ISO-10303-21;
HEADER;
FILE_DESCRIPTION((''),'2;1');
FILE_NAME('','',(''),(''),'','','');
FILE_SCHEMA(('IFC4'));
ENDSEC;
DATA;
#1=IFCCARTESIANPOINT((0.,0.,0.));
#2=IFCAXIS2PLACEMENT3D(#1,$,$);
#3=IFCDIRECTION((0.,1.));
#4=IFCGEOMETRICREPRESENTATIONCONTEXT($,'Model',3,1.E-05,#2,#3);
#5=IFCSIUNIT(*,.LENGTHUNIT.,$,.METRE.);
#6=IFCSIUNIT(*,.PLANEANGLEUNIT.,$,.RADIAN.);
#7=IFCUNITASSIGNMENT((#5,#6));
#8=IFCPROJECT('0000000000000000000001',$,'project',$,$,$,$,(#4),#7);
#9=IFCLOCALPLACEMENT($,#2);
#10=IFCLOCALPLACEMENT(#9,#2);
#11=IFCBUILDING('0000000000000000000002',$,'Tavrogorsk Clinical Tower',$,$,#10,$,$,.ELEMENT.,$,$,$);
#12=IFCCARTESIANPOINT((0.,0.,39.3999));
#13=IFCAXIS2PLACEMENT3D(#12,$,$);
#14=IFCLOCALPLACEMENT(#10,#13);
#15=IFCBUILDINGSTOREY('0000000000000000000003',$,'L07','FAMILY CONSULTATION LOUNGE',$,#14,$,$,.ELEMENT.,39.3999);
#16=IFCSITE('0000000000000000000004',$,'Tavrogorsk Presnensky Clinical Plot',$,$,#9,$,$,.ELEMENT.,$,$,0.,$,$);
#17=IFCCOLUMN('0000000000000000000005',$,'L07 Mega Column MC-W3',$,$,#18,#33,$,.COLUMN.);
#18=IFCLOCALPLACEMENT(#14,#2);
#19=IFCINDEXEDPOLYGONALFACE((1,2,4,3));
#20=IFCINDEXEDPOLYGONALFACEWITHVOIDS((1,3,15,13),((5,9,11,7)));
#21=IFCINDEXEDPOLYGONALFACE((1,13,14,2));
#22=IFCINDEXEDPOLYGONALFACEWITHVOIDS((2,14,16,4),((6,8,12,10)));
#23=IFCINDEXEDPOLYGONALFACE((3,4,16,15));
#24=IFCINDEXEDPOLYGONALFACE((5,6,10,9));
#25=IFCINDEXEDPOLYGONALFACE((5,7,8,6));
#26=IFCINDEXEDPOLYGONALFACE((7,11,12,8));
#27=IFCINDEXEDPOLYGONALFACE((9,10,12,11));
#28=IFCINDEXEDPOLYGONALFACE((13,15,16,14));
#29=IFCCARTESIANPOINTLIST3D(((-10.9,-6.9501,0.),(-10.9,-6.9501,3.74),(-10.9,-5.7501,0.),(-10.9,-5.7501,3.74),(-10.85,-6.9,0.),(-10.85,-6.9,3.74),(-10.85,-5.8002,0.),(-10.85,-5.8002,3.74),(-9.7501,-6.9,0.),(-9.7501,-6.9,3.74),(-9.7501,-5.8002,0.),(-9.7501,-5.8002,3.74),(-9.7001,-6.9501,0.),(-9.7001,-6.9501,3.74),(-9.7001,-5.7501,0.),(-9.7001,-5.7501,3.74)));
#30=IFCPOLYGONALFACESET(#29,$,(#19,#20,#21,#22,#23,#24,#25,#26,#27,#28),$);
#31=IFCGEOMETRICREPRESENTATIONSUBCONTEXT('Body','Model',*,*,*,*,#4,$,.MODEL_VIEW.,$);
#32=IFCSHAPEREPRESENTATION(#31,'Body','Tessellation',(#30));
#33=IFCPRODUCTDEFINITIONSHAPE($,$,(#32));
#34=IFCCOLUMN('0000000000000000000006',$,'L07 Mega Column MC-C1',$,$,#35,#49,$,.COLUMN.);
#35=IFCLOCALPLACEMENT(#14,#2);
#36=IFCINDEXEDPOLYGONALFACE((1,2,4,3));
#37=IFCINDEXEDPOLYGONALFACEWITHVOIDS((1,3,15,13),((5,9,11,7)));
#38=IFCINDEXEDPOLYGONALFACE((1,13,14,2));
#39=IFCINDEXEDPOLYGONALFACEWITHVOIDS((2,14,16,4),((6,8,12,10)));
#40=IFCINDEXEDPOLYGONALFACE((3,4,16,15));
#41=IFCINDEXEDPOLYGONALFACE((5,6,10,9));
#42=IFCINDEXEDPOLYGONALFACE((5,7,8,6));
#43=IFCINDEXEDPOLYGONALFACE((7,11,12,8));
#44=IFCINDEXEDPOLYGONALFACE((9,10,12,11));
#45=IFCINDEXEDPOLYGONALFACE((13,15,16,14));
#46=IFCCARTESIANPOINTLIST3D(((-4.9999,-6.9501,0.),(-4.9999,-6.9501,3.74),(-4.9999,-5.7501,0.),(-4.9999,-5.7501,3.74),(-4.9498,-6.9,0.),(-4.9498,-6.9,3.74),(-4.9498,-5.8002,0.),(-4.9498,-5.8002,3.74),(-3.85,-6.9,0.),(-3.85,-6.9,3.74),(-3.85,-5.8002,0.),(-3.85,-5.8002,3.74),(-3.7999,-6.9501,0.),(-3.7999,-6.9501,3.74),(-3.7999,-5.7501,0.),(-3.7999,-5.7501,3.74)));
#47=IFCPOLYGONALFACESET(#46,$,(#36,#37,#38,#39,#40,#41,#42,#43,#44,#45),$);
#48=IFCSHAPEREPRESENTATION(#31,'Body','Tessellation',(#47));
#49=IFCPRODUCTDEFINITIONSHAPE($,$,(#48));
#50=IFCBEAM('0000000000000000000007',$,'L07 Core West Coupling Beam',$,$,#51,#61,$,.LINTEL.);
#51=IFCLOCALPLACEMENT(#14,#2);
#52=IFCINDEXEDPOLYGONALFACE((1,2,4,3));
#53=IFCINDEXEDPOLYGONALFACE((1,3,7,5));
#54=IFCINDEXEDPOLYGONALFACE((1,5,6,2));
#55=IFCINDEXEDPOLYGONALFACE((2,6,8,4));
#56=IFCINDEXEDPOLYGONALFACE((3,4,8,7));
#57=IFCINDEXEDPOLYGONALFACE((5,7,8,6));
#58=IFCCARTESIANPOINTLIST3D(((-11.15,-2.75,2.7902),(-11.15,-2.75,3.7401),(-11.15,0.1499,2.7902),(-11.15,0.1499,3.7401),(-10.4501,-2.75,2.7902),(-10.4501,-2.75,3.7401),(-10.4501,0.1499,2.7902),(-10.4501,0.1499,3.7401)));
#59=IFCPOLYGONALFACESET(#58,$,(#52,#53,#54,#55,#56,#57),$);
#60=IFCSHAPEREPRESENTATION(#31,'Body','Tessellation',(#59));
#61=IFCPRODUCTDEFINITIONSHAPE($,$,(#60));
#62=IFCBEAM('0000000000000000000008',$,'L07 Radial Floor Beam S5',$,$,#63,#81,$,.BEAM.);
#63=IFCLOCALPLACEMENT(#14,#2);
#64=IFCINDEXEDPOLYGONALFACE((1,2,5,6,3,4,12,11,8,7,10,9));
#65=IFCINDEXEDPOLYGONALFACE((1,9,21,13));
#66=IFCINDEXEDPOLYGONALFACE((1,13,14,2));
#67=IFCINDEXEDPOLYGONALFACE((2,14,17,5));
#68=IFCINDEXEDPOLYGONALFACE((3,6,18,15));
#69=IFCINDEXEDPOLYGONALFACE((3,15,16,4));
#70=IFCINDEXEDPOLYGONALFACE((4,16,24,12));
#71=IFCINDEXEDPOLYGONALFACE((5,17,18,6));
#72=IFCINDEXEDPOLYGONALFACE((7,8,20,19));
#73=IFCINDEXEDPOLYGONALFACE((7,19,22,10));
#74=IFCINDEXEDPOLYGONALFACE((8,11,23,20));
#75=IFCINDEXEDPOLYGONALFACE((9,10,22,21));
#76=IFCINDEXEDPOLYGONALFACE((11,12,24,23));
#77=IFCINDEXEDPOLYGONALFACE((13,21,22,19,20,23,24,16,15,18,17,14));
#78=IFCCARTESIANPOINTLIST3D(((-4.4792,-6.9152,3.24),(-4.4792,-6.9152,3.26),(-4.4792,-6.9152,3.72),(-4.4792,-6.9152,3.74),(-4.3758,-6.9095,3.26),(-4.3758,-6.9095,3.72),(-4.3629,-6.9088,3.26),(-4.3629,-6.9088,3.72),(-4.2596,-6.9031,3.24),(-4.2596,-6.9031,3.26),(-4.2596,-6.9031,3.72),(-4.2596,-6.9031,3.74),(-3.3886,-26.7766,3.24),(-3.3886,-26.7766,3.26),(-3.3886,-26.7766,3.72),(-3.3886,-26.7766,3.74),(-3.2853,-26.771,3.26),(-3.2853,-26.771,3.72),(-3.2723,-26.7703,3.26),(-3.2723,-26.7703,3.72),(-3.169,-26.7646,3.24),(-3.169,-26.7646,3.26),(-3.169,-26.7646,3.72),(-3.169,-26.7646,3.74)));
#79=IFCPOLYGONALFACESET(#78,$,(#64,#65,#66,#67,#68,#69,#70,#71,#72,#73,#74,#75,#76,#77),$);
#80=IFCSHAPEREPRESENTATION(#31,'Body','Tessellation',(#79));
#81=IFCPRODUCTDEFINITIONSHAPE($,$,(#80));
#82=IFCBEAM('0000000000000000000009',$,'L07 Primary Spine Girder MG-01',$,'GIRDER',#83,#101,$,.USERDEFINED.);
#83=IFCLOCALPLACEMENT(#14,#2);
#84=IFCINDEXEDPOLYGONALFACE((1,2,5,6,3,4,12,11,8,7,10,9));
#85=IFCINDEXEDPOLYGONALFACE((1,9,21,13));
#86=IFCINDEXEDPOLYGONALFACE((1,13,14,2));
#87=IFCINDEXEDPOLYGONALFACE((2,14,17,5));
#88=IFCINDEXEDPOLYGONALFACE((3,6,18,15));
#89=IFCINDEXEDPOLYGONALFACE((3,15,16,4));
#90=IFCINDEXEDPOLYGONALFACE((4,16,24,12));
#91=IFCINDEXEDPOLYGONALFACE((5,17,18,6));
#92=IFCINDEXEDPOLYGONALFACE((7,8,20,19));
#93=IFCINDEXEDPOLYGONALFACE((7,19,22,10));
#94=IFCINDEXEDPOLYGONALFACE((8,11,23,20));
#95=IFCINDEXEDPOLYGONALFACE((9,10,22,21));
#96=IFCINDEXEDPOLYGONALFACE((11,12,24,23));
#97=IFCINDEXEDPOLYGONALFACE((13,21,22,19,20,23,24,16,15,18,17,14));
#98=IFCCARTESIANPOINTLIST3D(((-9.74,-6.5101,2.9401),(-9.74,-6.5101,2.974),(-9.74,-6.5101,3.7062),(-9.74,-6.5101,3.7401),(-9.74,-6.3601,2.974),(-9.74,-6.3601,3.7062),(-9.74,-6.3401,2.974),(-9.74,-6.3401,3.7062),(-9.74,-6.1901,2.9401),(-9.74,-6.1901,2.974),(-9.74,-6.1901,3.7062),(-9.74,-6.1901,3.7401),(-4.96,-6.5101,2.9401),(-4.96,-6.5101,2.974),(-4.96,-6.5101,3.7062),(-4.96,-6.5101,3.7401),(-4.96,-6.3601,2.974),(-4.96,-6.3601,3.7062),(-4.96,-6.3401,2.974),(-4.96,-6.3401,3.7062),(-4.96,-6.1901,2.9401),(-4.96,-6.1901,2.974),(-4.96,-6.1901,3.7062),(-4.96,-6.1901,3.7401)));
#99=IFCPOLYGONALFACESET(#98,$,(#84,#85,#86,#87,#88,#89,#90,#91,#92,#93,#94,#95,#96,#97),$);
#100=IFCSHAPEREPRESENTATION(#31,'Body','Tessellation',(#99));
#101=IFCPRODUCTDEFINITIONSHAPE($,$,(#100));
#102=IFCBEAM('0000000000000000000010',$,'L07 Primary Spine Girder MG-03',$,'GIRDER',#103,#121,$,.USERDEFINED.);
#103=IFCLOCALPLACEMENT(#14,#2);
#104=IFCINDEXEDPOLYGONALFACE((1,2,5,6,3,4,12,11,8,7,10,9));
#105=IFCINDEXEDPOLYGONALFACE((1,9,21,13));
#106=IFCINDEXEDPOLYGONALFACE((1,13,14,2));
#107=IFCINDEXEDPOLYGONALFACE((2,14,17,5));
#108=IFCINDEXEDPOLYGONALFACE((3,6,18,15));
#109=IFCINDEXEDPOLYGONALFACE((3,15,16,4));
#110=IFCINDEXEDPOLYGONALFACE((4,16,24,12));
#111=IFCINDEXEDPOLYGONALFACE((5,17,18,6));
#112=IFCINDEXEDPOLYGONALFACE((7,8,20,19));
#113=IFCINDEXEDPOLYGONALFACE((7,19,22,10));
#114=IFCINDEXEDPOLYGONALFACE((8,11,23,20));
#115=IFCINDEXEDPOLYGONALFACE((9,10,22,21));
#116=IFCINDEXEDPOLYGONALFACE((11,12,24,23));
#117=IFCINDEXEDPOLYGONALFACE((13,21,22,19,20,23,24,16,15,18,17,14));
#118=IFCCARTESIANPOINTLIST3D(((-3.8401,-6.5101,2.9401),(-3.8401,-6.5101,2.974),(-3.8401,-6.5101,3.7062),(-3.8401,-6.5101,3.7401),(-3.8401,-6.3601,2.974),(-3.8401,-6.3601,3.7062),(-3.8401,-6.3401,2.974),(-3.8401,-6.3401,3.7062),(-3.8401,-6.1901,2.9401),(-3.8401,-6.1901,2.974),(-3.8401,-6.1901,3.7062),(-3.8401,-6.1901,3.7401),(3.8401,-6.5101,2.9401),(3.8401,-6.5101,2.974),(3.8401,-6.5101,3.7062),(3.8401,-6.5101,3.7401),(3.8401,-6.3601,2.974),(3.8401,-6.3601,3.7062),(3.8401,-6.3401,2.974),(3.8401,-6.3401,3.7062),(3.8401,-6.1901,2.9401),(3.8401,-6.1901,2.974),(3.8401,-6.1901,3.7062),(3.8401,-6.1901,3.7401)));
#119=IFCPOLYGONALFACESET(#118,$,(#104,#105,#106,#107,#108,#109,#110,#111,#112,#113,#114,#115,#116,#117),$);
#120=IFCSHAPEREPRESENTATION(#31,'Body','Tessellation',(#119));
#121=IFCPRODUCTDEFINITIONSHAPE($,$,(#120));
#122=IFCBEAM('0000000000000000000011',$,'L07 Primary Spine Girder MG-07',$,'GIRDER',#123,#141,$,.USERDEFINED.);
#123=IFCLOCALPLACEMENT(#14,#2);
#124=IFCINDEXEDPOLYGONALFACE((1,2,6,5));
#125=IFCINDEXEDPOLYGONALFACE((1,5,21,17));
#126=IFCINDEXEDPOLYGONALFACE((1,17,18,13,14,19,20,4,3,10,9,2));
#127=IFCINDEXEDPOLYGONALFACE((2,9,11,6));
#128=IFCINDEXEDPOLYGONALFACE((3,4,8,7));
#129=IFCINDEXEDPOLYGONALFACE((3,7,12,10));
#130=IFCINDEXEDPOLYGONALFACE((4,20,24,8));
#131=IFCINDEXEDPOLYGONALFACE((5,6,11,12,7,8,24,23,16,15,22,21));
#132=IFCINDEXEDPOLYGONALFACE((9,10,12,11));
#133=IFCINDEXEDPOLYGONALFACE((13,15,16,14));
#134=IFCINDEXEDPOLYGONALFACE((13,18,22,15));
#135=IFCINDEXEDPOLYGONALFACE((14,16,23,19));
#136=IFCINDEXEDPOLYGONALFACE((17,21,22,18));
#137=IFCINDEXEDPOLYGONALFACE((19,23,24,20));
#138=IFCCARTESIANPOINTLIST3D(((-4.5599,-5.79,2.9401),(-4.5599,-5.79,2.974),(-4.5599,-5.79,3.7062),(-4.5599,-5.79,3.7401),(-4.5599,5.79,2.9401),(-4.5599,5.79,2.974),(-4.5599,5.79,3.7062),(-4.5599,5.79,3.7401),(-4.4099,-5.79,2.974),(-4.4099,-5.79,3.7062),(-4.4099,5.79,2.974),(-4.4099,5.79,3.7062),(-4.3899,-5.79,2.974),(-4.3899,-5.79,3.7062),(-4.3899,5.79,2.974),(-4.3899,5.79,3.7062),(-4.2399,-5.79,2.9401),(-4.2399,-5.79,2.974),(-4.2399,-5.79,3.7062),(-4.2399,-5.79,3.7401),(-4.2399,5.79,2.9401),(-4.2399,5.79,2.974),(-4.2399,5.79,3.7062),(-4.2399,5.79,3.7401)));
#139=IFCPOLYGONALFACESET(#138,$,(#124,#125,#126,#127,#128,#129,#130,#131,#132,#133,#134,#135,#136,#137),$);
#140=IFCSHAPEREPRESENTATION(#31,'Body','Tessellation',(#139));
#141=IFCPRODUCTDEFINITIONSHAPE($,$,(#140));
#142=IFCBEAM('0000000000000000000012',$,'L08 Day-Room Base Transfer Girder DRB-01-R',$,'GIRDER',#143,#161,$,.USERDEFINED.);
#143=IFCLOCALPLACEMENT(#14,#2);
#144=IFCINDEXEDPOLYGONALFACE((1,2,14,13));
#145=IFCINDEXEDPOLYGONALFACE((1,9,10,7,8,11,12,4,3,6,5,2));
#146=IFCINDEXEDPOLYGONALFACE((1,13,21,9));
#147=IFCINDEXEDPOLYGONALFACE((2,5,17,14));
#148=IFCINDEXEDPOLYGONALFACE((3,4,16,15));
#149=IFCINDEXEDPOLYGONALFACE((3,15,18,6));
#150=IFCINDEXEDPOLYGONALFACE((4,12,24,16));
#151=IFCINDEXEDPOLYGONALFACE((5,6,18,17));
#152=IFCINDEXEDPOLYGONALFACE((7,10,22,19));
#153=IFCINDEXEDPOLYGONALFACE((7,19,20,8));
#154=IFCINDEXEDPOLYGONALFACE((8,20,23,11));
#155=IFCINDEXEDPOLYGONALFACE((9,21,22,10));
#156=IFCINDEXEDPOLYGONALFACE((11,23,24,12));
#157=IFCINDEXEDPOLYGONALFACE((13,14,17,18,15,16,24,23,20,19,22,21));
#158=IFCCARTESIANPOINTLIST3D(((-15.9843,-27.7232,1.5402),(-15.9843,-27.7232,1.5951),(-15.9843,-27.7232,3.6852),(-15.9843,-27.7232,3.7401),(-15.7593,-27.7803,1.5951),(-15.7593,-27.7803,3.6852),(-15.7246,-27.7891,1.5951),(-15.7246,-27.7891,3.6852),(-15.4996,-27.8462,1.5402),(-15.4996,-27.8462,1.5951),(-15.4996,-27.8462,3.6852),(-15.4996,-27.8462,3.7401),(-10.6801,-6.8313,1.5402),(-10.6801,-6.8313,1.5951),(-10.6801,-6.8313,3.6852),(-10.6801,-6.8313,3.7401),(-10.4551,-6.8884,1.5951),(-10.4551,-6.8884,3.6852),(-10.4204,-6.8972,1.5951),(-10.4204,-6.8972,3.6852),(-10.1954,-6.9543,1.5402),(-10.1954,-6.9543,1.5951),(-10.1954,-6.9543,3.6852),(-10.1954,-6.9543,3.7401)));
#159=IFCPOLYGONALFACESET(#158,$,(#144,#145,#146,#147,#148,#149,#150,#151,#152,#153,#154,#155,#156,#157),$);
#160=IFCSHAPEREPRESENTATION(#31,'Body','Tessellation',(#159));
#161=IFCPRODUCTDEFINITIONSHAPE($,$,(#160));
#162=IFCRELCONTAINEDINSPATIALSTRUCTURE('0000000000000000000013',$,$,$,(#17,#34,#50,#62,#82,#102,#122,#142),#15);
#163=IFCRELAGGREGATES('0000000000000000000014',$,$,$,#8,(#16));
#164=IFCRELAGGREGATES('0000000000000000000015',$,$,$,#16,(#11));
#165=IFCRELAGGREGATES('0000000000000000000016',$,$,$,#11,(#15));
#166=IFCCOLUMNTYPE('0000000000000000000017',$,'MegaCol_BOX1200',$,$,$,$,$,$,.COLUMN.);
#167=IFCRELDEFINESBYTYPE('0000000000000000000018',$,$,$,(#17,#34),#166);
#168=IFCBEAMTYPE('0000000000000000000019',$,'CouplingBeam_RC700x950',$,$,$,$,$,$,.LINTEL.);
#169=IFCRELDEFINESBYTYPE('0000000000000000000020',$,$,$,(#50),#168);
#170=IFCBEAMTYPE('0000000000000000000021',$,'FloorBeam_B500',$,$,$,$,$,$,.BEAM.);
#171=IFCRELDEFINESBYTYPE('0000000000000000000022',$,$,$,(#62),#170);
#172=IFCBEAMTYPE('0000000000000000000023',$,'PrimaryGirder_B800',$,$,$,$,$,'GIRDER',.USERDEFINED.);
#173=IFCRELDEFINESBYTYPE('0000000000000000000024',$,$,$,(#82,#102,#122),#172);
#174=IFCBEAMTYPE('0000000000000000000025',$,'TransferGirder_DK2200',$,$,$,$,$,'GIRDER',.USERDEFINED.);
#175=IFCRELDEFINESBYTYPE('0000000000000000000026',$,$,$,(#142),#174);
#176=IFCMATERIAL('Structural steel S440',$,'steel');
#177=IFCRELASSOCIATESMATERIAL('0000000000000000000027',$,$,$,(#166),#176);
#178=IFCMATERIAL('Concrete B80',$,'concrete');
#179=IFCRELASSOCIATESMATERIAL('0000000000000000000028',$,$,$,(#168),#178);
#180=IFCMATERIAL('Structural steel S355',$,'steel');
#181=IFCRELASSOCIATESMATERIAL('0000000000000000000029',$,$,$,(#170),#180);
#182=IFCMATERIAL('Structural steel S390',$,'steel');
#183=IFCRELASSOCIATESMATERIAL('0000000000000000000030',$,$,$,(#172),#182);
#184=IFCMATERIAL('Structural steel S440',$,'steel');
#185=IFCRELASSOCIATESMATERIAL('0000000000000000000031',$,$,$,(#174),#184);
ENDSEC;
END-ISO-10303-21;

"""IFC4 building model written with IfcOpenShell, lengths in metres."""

from ifc_helpers import new_model, si_unit, direction, frame, origin, origin_2d, place, context, subcontext, project, spatial, rectangle, hollow_rectangle, i_section, extrude, material, material_profile, profile_set, type_object, element, save


model = new_model("IFC4")

# Units and contexts
model_context = context("Model", 3, precision=1e-05, world=origin(), true_north=direction((0.0, 1.0)))
body_context = subcontext(model_context, "Body", "Model", "MODEL_VIEW")
ifc_project = project(units=[si_unit("LENGTHUNIT", "METRE"), si_unit("PLANEANGLEUNIT", "RADIAN")], contexts=[model_context])

# Site, building, storey
site_placement = place(None, origin())
site = spatial("IfcSite", under=ifc_project, at=site_placement, Name="Tavrogorsk Presnensky Clinical Plot", CompositionType="ELEMENT", RefElevation=0.0)
building_placement = place(site_placement, origin())
building = spatial("IfcBuilding", under=site, at=building_placement, Name="Tavrogorsk Clinical Tower", CompositionType="ELEMENT")
storey_placement = place(building_placement, frame((0.0, 0.0, 39.3999)))
storey = spatial("IfcBuildingStorey", under=building, at=storey_placement, Name="L07", Description="FAMILY CONSULTATION LOUNGE", CompositionType="ELEMENT", Elevation=39.3999)

# Columns
ifc_material_1 = material(Name="Structural steel S440", Category="steel")
ifc_material_profile_1 = material_profile(ifc_material_1, hollow_rectangle(XDim=1.2, YDim=1.2, WallThickness=0.05, at=origin_2d()), Name="BOX-1200x1200x50")
ifc_profile_set_1 = profile_set([ifc_material_profile_1], Name="Structural steel S440")
column_type = type_object("IfcColumnType", Name="MegaCol_BOX1200", PredefinedType="COLUMN", material=ifc_profile_set_1)
for number, where, z_axis, x_axis, name in (
    (1, (-10.3, -6.3501, 0.0), (0.0, 0.0, 1.0), (1.0, 0.0, 0.0), "L07 Mega Column MC-W3"),
    (2, (-4.3999, -6.3501, 0.0), (0.0, 0.0, 1.0), (1.0, 0.0, 0.0), "L07 Mega Column MC-C1"),
):
    element("IfcColumn", number, at=place(storey_placement, frame(where, z_axis=z_axis, x_axis=x_axis)), inside=storey, type_object=column_type, Name=name, PredefinedType="COLUMN", context=body_context, shape_type="SweptSolid", body=[
        extrude(hollow_rectangle(XDim=1.2, YDim=1.2, WallThickness=0.05, at=origin_2d()), origin(), (0.0, 0.0, 1.0), 3.74),
    ])

# Beams
ifc_material_2 = material(Name="Concrete B80", Category="concrete")
ifc_material_profile_2 = material_profile(ifc_material_2, rectangle(XDim=0.7, YDim=0.95, at=origin_2d()), Name="RC-CB-700x950")
ifc_profile_set_2 = profile_set([ifc_material_profile_2], Name="Concrete B80")
beam_type_1 = type_object("IfcBeamType", Name="CouplingBeam_RC700x950", PredefinedType="LINTEL", material=ifc_profile_set_2)
beam_1_placement = place(storey_placement, frame((-10.8, -2.75, 3.2651), z_axis=(0.0, 1.0, 0.0), x_axis=(-1.0, 0.0, 0.0)))
element("IfcBeam", 3, at=beam_1_placement, inside=storey, type_object=beam_type_1, Name="L07 Core West Coupling Beam", PredefinedType="LINTEL", context=body_context, shape_type="SweptSolid", body=[
    extrude(rectangle(XDim=0.7, YDim=0.95, at=origin_2d()), origin(), (0.0, 0.0, 1.0), 2.8999),
])
ifc_material_3 = material(Name="Structural steel S355", Category="steel")
ifc_material_profile_3 = material_profile(ifc_material_3, i_section(OverallWidth=0.22, OverallDepth=0.5, WebThickness=0.0129, FlangeThickness=0.02, at=origin_2d()), Name="B-500x220x13x20")
ifc_profile_set_3 = profile_set([ifc_material_profile_3], Name="Structural steel S355")
beam_type_2 = type_object("IfcBeamType", Name="FloorBeam_B500", PredefinedType="BEAM", material=ifc_profile_set_3)
beam_2_placement = place(storey_placement, frame((-4.3694, -6.9092, 3.49), z_axis=(0.054827, -0.998496, 0.0), x_axis=(0.998496, 0.054827, 0.0)))
element("IfcBeam", 4, at=beam_2_placement, inside=storey, type_object=beam_type_2, Name="L07 Radial Floor Beam S5", PredefinedType="BEAM", context=body_context, shape_type="SweptSolid", body=[
    extrude(i_section(OverallWidth=0.22, OverallDepth=0.5, WebThickness=0.0129, FlangeThickness=0.02, at=origin_2d()), origin(), (0.0, 0.0, 1.0), 19.8914),
])
ifc_material_4 = material(Name="Structural steel S390", Category="steel")
ifc_material_profile_4 = material_profile(ifc_material_4, i_section(OverallWidth=0.3201, OverallDepth=0.8, WebThickness=0.02, FlangeThickness=0.0339, at=origin_2d()), Name="B-800x320x20x34")
ifc_profile_set_4 = profile_set([ifc_material_profile_4], Name="Structural steel S390")
beam_type_3 = type_object("IfcBeamType", Name="PrimaryGirder_B800", ElementType="GIRDER", PredefinedType="USERDEFINED", material=ifc_profile_set_4)
beam_3_placement = place(storey_placement, frame((-9.74, -6.3501, 3.3401), z_axis=(1.0, 0.0, 0.0), x_axis=(0.0, 1.0, 0.0)))
element("IfcBeam", 5, at=beam_3_placement, inside=storey, type_object=beam_type_3, Name="L07 Primary Spine Girder MG-01", ObjectType="GIRDER", PredefinedType="USERDEFINED", context=body_context, shape_type="SweptSolid", body=[
    extrude(i_section(OverallWidth=0.3201, OverallDepth=0.8, WebThickness=0.02, FlangeThickness=0.0339, at=origin_2d()), origin(), (0.0, 0.0, 1.0), 4.78),
])
beam_4_placement = place(storey_placement, frame((-3.8401, -6.3501, 3.3401), z_axis=(1.0, 0.0, 0.0), x_axis=(0.0, 1.0, 0.0)))
element("IfcBeam", 6, at=beam_4_placement, inside=storey, type_object=beam_type_3, Name="L07 Primary Spine Girder MG-03", ObjectType="GIRDER", PredefinedType="USERDEFINED", context=body_context, shape_type="SweptSolid", body=[
    extrude(i_section(OverallWidth=0.3201, OverallDepth=0.8, WebThickness=0.02, FlangeThickness=0.0339, at=origin_2d()), origin(), (0.0, 0.0, 1.0), 7.6802),
])
beam_5_placement = place(storey_placement, frame((-4.3999, -5.79, 3.3401), z_axis=(0.0, 1.0, 0.0), x_axis=(-1.0, 0.0, 0.0)))
element("IfcBeam", 7, at=beam_5_placement, inside=storey, type_object=beam_type_3, Name="L07 Primary Spine Girder MG-07", ObjectType="GIRDER", PredefinedType="USERDEFINED", context=body_context, shape_type="SweptSolid", body=[
    extrude(i_section(OverallWidth=0.3201, OverallDepth=0.8, WebThickness=0.02, FlangeThickness=0.0339, at=origin_2d()), origin(), (0.0, 0.0, 1.0), 11.5801),
])
ifc_material_5 = material(Name="Structural steel S440", Category="steel")
ifc_material_profile_5 = material_profile(ifc_material_5, i_section(OverallWidth=0.5, OverallDepth=2.2, WebThickness=0.0359, FlangeThickness=0.0549, at=origin_2d()), Name="DK-2200x500x36x55")
ifc_profile_set_5 = profile_set([ifc_material_profile_5], Name="Structural steel S440")
beam_type_4 = type_object("IfcBeamType", Name="TransferGirder_DK2200", ElementType="GIRDER", PredefinedType="USERDEFINED", material=ifc_profile_set_5)
beam_6_placement = place(storey_placement, frame((-10.4377, -6.8928, 2.6401), z_axis=(-0.246081, -0.969249, 0.0), x_axis=(0.969249, -0.246081, 0.0)))
element("IfcBeam", 8, at=beam_6_placement, inside=storey, type_object=beam_type_4, Name="L08 Day-Room Base Transfer Girder DRB-01-R", ObjectType="GIRDER", PredefinedType="USERDEFINED", context=body_context, shape_type="SweptSolid", body=[
    extrude(i_section(OverallWidth=0.5, OverallDepth=2.2, WebThickness=0.0359, FlangeThickness=0.0549, at=origin_2d()), origin(), (0.0, 0.0, 1.0), 21.5547),
])

save(model, "model.ifc")
